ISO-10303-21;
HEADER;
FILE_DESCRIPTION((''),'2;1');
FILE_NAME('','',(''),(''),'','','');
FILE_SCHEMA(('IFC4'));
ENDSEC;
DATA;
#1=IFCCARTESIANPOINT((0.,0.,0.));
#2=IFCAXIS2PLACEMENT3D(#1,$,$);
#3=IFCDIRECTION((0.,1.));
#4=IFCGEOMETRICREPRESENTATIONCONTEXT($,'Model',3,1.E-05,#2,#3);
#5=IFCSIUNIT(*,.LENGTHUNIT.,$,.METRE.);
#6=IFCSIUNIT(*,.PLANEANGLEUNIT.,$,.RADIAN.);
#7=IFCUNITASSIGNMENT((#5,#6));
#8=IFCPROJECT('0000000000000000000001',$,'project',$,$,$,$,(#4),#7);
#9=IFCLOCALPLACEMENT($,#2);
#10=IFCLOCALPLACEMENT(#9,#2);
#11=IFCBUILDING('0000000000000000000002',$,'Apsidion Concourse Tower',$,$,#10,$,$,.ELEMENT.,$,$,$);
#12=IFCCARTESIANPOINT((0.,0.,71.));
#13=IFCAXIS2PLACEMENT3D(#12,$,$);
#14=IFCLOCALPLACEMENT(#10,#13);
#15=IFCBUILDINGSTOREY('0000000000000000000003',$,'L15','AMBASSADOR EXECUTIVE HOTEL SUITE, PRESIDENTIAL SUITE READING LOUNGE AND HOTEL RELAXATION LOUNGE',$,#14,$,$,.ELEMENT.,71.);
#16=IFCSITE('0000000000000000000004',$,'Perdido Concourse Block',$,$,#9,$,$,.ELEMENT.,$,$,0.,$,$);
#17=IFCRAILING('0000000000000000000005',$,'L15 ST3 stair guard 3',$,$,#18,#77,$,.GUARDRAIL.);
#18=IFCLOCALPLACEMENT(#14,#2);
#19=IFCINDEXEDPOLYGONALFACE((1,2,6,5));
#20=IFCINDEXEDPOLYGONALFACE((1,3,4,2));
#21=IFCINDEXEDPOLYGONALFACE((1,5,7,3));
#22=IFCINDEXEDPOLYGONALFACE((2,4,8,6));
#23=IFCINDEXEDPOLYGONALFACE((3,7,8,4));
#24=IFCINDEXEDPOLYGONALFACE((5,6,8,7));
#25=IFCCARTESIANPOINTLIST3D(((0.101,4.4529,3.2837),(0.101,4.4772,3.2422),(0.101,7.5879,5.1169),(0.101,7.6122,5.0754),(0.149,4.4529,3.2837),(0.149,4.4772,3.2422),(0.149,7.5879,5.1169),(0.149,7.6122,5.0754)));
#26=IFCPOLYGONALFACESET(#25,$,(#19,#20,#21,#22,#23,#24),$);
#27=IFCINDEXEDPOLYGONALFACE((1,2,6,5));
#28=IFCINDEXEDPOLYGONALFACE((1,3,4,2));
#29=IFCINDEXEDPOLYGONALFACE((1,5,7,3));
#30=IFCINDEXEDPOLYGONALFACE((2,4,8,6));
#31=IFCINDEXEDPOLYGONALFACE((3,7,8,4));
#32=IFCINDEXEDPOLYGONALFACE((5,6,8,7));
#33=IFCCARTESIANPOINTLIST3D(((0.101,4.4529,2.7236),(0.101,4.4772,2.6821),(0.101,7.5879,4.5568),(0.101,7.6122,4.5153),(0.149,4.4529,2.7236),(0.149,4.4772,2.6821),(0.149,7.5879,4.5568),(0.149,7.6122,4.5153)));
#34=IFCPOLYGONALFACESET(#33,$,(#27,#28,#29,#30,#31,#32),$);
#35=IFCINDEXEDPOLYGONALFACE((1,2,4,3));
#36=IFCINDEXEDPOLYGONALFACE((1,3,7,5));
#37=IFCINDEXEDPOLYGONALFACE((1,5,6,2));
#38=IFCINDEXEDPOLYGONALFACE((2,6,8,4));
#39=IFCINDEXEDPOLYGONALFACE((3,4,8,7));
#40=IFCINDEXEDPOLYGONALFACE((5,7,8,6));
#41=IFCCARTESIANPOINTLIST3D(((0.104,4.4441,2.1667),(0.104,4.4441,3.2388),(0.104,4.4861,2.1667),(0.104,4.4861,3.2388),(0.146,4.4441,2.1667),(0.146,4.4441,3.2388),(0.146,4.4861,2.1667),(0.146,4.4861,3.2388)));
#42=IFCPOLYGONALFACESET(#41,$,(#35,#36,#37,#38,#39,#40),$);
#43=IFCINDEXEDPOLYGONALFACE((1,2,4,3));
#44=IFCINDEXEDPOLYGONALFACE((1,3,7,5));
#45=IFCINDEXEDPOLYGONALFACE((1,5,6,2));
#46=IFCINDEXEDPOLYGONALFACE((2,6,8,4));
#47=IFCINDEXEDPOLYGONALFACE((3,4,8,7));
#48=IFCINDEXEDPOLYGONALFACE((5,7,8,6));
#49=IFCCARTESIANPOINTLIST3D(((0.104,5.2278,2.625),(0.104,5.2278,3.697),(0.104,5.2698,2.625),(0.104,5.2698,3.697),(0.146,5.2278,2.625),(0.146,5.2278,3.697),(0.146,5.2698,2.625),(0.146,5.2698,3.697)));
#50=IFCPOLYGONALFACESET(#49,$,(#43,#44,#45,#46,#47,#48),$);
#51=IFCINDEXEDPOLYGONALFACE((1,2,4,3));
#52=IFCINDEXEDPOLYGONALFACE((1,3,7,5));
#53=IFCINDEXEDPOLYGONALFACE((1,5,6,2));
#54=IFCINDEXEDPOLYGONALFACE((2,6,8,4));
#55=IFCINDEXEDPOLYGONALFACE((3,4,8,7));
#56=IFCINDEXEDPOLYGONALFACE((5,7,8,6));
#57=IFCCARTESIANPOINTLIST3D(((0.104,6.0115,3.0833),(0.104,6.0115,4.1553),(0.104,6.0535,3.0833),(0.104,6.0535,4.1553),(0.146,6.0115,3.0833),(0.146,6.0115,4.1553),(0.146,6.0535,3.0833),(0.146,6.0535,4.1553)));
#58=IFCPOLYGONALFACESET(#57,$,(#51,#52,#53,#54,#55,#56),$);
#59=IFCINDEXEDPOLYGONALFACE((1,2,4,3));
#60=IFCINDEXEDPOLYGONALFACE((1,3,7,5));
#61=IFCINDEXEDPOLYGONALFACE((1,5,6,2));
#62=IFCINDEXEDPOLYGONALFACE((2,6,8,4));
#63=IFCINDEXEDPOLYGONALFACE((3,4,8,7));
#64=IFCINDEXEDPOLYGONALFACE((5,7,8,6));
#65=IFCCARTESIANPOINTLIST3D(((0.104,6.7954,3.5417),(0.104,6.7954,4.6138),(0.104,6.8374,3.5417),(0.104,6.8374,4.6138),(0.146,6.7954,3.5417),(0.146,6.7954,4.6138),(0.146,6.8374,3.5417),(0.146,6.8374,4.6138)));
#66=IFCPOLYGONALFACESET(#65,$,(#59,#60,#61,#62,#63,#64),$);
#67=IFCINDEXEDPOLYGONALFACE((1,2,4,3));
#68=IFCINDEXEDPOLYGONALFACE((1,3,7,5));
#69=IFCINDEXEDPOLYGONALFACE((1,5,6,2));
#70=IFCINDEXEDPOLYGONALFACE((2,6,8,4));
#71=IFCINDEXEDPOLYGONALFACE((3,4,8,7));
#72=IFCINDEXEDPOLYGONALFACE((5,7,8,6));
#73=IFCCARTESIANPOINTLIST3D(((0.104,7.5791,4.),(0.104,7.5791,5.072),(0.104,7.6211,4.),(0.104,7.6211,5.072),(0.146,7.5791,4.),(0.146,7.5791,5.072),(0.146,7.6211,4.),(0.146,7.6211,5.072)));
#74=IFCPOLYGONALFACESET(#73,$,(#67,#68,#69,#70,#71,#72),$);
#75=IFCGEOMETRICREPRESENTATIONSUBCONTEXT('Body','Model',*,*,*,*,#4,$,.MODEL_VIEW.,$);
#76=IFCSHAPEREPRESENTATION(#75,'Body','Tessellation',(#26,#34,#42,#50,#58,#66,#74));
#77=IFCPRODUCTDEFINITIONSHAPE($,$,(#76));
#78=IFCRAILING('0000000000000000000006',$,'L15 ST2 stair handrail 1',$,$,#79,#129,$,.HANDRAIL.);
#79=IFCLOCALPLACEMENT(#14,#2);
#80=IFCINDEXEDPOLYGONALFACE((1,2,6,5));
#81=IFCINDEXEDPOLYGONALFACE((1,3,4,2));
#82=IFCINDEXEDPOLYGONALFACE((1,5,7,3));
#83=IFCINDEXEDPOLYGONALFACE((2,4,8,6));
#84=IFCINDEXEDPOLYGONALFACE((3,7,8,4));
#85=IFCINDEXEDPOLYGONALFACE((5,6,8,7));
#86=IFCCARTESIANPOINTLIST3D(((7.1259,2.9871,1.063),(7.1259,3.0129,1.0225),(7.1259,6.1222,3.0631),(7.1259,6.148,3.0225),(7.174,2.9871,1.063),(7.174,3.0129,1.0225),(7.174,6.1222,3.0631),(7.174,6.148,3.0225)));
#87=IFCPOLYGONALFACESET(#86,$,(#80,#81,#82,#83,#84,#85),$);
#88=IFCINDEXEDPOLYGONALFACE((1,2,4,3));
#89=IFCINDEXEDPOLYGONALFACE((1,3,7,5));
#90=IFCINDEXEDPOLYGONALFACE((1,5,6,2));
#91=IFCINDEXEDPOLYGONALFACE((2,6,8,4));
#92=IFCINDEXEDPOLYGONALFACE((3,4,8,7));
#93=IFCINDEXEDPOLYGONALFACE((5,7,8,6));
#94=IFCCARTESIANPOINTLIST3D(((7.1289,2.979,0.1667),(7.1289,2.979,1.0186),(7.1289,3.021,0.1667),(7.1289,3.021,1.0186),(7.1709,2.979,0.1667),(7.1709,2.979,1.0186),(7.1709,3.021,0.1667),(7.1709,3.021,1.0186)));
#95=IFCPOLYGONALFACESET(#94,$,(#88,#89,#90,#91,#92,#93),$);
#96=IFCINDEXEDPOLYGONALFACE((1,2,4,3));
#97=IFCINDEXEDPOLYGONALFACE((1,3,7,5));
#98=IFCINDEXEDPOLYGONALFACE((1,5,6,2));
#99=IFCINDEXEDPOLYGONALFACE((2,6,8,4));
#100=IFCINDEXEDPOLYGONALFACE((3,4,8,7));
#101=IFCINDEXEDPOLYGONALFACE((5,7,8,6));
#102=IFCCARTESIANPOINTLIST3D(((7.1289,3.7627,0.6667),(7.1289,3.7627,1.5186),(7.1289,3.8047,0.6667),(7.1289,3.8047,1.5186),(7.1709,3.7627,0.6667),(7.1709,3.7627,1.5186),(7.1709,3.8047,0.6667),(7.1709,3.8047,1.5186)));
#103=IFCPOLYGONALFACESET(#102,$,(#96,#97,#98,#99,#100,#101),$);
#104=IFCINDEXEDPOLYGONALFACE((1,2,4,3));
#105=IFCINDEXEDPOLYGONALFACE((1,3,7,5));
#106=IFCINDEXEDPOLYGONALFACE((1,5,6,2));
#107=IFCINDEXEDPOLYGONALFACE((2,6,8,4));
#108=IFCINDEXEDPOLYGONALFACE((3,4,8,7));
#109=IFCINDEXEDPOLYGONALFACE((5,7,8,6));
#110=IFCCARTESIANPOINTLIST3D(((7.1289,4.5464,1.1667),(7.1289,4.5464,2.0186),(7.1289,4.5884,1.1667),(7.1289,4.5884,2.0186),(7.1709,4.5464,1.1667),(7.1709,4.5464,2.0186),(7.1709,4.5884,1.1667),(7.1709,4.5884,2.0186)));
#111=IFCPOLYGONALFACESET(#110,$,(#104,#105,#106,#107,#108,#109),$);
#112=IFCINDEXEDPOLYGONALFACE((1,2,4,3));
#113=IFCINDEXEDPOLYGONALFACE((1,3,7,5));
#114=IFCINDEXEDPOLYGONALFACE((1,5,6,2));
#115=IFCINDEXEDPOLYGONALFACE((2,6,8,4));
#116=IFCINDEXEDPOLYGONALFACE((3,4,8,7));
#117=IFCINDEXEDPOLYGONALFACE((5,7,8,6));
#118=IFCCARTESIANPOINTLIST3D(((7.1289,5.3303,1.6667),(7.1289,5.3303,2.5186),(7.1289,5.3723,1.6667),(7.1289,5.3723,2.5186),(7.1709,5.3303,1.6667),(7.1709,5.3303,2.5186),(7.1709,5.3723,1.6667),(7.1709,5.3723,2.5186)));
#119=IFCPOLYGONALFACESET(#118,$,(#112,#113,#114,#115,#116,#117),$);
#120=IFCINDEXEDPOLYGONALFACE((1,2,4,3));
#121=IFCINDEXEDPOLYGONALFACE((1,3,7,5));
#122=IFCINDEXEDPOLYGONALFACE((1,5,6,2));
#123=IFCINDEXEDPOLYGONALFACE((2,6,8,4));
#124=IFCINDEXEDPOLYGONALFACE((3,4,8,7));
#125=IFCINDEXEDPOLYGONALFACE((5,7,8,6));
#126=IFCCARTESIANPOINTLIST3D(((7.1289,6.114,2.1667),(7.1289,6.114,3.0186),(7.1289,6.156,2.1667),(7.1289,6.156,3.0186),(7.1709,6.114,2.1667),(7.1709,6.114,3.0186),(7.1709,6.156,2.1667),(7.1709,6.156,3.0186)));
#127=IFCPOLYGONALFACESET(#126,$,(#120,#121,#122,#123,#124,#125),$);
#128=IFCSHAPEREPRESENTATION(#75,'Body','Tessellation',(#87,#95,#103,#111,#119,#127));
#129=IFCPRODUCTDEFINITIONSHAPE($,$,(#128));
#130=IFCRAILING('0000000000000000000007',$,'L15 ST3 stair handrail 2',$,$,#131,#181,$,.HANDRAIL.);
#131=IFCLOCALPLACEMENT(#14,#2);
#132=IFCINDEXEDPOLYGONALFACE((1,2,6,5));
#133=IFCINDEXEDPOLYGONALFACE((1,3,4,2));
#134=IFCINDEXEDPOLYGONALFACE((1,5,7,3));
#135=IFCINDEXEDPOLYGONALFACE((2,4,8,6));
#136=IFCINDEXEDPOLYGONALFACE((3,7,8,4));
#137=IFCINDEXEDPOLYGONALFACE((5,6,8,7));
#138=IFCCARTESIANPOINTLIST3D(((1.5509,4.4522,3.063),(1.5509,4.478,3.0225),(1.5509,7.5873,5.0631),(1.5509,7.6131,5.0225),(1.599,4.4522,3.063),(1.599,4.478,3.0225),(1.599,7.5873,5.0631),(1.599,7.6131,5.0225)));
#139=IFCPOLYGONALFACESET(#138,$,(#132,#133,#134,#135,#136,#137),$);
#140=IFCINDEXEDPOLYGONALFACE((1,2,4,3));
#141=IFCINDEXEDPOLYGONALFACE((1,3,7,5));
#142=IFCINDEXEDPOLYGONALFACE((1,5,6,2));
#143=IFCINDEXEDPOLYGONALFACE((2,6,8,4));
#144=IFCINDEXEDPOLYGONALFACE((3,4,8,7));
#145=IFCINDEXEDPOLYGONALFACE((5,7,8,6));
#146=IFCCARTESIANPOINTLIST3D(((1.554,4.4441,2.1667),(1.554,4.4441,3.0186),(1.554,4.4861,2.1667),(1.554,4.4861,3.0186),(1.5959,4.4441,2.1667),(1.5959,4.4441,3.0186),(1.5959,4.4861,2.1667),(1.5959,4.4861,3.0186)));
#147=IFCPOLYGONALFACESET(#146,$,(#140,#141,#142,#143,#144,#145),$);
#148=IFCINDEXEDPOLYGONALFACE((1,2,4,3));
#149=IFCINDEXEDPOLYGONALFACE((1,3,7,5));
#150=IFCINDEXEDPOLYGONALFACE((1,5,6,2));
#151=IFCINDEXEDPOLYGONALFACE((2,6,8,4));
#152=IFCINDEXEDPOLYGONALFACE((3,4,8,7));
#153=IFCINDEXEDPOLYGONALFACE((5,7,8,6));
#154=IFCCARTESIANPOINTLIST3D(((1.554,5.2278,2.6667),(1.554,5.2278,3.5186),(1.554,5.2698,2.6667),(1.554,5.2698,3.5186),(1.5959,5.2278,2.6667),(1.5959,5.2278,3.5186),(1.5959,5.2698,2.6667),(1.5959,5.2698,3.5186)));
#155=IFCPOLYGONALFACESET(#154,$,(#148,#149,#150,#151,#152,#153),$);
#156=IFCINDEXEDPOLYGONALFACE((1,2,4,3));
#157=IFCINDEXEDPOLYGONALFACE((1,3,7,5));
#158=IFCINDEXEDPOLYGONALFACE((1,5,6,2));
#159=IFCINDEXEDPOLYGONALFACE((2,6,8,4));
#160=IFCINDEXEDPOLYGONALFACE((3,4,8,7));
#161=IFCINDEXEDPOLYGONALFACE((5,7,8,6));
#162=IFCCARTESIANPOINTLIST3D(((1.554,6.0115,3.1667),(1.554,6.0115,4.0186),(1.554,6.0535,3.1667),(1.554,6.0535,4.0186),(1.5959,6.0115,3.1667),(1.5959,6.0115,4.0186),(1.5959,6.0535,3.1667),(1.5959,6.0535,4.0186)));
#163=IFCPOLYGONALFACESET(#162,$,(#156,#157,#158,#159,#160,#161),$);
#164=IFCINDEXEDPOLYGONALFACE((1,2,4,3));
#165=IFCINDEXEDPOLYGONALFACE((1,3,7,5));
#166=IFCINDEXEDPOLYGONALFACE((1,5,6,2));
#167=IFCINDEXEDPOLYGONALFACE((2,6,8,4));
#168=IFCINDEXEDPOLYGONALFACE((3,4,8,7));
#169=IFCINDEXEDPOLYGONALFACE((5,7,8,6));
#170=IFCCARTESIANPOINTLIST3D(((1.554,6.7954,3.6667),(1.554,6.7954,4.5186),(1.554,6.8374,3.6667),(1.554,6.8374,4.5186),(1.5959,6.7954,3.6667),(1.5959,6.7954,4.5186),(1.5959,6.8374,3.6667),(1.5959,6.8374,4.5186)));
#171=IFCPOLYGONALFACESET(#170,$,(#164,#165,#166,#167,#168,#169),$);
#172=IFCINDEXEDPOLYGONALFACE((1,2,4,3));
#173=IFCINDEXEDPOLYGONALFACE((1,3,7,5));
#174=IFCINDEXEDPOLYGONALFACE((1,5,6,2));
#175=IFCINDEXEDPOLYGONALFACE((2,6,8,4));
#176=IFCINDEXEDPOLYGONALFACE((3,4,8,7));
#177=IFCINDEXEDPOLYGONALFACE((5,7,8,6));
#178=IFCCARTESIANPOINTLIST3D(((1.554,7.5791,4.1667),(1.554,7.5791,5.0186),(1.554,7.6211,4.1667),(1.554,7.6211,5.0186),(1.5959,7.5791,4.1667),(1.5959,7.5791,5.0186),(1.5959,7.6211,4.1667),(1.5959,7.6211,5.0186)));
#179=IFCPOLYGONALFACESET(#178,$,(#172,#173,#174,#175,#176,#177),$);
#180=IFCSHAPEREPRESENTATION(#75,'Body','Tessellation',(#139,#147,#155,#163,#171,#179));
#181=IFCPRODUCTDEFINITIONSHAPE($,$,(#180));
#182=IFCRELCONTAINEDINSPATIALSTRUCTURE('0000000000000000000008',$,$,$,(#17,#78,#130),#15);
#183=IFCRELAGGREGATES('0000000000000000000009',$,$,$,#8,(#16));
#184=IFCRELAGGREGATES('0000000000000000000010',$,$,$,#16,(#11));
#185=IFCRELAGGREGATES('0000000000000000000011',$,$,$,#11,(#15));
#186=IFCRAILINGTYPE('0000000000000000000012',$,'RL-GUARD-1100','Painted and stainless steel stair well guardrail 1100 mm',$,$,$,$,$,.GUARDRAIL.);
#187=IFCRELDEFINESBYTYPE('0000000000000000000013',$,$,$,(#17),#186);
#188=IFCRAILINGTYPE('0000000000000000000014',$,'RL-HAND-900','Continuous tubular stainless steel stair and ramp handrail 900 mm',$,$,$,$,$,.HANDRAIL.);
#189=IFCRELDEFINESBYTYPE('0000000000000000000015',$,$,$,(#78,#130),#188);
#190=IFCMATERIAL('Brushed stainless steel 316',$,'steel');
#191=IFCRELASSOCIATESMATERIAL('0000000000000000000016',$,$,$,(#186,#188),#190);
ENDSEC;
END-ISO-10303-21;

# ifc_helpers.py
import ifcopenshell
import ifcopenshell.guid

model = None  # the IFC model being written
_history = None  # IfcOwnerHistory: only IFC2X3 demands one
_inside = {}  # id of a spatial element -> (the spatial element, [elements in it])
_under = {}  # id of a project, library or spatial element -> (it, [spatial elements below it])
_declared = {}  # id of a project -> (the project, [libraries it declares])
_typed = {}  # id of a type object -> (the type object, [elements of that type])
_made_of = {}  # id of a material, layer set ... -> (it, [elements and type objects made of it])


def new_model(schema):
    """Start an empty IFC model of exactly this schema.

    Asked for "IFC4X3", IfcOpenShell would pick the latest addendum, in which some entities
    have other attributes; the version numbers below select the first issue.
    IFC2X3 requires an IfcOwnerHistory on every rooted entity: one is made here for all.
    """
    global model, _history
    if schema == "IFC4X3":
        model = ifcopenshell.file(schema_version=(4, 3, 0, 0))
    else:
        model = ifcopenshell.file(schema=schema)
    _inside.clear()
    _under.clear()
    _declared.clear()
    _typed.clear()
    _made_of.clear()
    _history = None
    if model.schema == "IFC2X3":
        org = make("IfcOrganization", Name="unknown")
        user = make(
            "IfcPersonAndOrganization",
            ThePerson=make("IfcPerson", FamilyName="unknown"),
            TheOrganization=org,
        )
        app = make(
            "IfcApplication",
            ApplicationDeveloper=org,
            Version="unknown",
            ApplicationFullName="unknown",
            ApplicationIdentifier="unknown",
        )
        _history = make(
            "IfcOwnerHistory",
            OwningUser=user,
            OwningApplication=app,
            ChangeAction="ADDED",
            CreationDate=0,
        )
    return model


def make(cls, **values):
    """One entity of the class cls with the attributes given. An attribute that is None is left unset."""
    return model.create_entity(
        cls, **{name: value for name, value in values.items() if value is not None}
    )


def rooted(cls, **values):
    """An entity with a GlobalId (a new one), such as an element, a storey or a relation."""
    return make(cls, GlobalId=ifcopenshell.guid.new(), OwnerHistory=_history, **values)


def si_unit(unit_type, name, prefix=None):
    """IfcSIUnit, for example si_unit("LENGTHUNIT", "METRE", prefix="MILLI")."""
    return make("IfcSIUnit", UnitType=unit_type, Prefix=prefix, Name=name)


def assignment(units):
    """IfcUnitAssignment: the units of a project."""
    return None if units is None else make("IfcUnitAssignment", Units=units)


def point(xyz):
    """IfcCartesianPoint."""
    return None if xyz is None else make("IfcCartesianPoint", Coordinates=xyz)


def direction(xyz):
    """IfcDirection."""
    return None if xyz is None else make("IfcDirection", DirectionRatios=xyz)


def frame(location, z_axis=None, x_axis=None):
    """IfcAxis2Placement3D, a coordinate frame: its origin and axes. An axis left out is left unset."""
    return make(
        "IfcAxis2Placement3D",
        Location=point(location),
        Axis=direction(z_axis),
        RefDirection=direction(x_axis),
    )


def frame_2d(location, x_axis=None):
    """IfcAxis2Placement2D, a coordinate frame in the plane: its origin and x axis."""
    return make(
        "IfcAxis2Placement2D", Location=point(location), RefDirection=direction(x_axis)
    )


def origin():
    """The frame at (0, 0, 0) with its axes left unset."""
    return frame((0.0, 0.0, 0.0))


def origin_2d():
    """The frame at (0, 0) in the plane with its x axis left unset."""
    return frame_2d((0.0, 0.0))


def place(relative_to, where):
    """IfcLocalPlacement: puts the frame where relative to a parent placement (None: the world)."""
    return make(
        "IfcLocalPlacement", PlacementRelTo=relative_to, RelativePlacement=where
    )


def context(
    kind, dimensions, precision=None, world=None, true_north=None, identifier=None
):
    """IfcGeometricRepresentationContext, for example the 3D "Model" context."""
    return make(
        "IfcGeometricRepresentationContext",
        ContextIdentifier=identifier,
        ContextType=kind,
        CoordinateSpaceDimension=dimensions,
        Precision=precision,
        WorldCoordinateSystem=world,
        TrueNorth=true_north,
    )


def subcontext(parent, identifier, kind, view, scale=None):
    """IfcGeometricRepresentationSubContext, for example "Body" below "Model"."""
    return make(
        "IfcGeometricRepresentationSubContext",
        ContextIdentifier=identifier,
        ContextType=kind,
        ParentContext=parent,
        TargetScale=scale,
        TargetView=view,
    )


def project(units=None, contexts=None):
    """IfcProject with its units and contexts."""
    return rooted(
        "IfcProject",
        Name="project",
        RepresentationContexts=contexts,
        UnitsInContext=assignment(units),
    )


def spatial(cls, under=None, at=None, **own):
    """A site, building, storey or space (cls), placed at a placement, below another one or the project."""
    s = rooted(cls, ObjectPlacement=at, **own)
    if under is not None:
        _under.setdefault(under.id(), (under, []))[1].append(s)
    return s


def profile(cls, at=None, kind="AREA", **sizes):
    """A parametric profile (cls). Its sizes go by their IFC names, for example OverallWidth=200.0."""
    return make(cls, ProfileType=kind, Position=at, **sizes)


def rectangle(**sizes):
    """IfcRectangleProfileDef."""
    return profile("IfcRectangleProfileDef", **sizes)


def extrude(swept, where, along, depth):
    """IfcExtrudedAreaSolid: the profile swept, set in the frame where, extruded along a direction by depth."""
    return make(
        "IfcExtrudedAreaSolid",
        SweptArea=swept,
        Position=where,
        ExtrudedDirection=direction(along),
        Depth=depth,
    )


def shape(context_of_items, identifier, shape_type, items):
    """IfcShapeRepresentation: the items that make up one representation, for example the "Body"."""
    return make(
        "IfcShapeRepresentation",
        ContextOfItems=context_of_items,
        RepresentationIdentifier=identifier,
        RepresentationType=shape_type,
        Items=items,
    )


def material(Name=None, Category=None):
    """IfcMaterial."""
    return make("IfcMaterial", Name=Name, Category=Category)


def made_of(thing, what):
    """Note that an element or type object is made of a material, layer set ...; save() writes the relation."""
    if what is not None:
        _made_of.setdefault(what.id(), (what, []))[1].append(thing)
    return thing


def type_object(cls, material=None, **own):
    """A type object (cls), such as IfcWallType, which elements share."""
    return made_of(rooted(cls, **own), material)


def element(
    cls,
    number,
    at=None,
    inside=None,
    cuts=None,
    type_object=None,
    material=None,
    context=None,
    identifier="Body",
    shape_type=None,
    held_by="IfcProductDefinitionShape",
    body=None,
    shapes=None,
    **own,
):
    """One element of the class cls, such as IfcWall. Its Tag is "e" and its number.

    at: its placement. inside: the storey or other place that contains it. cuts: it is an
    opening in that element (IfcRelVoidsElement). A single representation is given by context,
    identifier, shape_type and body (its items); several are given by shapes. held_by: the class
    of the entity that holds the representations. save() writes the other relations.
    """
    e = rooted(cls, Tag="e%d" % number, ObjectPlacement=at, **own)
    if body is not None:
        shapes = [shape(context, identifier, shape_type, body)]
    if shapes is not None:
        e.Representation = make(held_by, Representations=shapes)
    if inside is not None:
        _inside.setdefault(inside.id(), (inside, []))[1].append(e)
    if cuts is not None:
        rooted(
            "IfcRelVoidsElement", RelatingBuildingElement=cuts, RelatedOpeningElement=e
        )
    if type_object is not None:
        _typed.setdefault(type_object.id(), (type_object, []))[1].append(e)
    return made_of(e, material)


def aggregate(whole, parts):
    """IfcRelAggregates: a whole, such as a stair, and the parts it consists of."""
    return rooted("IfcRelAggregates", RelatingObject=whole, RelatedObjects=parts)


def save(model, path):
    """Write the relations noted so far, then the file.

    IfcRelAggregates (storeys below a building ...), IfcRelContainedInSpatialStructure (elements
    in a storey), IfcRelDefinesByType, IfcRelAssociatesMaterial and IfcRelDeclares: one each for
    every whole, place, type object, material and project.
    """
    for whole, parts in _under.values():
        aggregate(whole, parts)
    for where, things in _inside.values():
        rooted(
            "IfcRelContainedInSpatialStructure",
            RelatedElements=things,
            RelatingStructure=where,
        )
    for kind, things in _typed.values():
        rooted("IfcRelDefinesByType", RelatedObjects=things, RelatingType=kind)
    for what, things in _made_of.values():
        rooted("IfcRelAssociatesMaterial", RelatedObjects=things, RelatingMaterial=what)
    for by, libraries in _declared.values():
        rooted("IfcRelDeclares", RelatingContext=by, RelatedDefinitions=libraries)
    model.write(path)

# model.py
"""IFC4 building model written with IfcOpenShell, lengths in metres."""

from ifc_helpers import new_model, si_unit, direction, frame, origin, origin_2d, place, context, subcontext, project, spatial, rectangle, extrude, material, type_object, element, save


model = new_model("IFC4")

# Units and contexts
model_context = context("Model", 3, precision=1e-05, world=origin(), true_north=direction((0.0, 1.0)))
body_context = subcontext(model_context, "Body", "Model", "MODEL_VIEW")
ifc_project = project(units=[si_unit("LENGTHUNIT", "METRE"), si_unit("PLANEANGLEUNIT", "RADIAN")], contexts=[model_context])

# Site, building, storey
site_placement = place(None, origin())
site = spatial("IfcSite", under=ifc_project, at=site_placement, Name="Perdido Concourse Block", CompositionType="ELEMENT", RefElevation=0.0)
building_placement = place(site_placement, origin())
building = spatial("IfcBuilding", under=site, at=building_placement, Name="Apsidion Concourse Tower", CompositionType="ELEMENT")
storey_placement = place(building_placement, frame((0.0, 0.0, 71.0)))
storey = spatial("IfcBuildingStorey", under=building, at=storey_placement, Name="L15", Description="AMBASSADOR EXECUTIVE HOTEL SUITE, PRESIDENTIAL SUITE READING LOUNGE AND HOTEL RELAXATION LOUNGE", CompositionType="ELEMENT", Elevation=71.0)

# Railings
ifc_material_1 = material(Name="Brushed stainless steel 316", Category="steel")
railing_type_1 = type_object("IfcRailingType", Name="RL-GUARD-1100", Description="Painted and stainless steel stair well guardrail 1100 mm", PredefinedType="GUARDRAIL", material=ifc_material_1)
railing_1_placement = place(storey_placement, frame((0.125, 4.4651, 2.1667)))
element("IfcRailing", 1, at=railing_1_placement, inside=storey, type_object=railing_type_1, Name="L15 ST3 stair guard 3", PredefinedType="GUARDRAIL", context=body_context, shape_type="SweptSolid", body=[
    extrude(rectangle(XDim=0.0481, YDim=0.0481, at=origin_2d()), frame((0.0, 0.0, 1.0962), z_axis=(0.0, 0.86324, 0.504794), x_axis=(-1.0, 0.0, 0.0)), (0.0, 0.0, 1.0), 3.6316),
    extrude(rectangle(XDim=0.0481, YDim=0.0481, at=origin_2d()), frame((0.0, 0.0, 0.5361), z_axis=(0.0, 0.86324, 0.504794), x_axis=(-1.0, 0.0, 0.0)), (0.0, 0.0, 1.0), 3.6316),
    extrude(rectangle(XDim=0.042, YDim=0.042, at=origin_2d()), origin(), (0.0, 0.0, 1.0), 1.072),
    extrude(rectangle(XDim=0.042, YDim=0.042, at=origin_2d()), frame((0.0, 0.7837, 0.4583)), (0.0, 0.0, 1.0), 1.072),
    extrude(rectangle(XDim=0.042, YDim=0.042, at=origin_2d()), frame((0.0, 1.5674, 0.9165)), (0.0, 0.0, 1.0), 1.072),
    extrude(rectangle(XDim=0.042, YDim=0.042, at=origin_2d()), frame((0.0, 2.3513, 1.375)), (0.0, 0.0, 1.0), 1.072),
    extrude(rectangle(XDim=0.042, YDim=0.042, at=origin_2d()), frame((0.0, 3.135, 1.8333)), (0.0, 0.0, 1.0), 1.072),
])
railing_type_2 = type_object("IfcRailingType", Name="RL-HAND-900", Description="Continuous tubular stainless steel stair and ramp handrail 900 mm", PredefinedType="HANDRAIL", material=ifc_material_1)
for number, where, name in (
    (2, (7.1499, 3.0, 0.1667), "L15 ST2 stair handrail 1"),
    (3, (1.575, 4.4651, 2.1667), "L15 ST3 stair handrail 2"),
):
    element("IfcRailing", number, at=place(storey_placement, frame(where)), inside=storey, type_object=railing_type_2, Name=name, PredefinedType="HANDRAIL", context=body_context, shape_type="SweptSolid", body=[
        extrude(rectangle(XDim=0.0481, YDim=0.0481, at=origin_2d()), frame((0.0, 0.0, 0.876), z_axis=(0.0, 0.843053, 0.537831), x_axis=(-1.0, 0.0, 0.0)), (0.0, 0.0, 1.0), 3.7188),
        extrude(rectangle(XDim=0.042, YDim=0.042, at=origin_2d()), origin(), (0.0, 0.0, 1.0), 0.8518),
        extrude(rectangle(XDim=0.042, YDim=0.042, at=origin_2d()), frame((0.0, 0.7837, 0.5)), (0.0, 0.0, 1.0), 0.8518),
        extrude(rectangle(XDim=0.042, YDim=0.042, at=origin_2d()), frame((0.0, 1.5674, 1.0)), (0.0, 0.0, 1.0), 0.8518),
        extrude(rectangle(XDim=0.042, YDim=0.042, at=origin_2d()), frame((0.0, 2.3513, 1.5)), (0.0, 0.0, 1.0), 0.8518),
        extrude(rectangle(XDim=0.042, YDim=0.042, at=origin_2d()), frame((0.0, 3.135, 2.0)), (0.0, 0.0, 1.0), 0.8518),
    ])

save(model, "model.ifc")
